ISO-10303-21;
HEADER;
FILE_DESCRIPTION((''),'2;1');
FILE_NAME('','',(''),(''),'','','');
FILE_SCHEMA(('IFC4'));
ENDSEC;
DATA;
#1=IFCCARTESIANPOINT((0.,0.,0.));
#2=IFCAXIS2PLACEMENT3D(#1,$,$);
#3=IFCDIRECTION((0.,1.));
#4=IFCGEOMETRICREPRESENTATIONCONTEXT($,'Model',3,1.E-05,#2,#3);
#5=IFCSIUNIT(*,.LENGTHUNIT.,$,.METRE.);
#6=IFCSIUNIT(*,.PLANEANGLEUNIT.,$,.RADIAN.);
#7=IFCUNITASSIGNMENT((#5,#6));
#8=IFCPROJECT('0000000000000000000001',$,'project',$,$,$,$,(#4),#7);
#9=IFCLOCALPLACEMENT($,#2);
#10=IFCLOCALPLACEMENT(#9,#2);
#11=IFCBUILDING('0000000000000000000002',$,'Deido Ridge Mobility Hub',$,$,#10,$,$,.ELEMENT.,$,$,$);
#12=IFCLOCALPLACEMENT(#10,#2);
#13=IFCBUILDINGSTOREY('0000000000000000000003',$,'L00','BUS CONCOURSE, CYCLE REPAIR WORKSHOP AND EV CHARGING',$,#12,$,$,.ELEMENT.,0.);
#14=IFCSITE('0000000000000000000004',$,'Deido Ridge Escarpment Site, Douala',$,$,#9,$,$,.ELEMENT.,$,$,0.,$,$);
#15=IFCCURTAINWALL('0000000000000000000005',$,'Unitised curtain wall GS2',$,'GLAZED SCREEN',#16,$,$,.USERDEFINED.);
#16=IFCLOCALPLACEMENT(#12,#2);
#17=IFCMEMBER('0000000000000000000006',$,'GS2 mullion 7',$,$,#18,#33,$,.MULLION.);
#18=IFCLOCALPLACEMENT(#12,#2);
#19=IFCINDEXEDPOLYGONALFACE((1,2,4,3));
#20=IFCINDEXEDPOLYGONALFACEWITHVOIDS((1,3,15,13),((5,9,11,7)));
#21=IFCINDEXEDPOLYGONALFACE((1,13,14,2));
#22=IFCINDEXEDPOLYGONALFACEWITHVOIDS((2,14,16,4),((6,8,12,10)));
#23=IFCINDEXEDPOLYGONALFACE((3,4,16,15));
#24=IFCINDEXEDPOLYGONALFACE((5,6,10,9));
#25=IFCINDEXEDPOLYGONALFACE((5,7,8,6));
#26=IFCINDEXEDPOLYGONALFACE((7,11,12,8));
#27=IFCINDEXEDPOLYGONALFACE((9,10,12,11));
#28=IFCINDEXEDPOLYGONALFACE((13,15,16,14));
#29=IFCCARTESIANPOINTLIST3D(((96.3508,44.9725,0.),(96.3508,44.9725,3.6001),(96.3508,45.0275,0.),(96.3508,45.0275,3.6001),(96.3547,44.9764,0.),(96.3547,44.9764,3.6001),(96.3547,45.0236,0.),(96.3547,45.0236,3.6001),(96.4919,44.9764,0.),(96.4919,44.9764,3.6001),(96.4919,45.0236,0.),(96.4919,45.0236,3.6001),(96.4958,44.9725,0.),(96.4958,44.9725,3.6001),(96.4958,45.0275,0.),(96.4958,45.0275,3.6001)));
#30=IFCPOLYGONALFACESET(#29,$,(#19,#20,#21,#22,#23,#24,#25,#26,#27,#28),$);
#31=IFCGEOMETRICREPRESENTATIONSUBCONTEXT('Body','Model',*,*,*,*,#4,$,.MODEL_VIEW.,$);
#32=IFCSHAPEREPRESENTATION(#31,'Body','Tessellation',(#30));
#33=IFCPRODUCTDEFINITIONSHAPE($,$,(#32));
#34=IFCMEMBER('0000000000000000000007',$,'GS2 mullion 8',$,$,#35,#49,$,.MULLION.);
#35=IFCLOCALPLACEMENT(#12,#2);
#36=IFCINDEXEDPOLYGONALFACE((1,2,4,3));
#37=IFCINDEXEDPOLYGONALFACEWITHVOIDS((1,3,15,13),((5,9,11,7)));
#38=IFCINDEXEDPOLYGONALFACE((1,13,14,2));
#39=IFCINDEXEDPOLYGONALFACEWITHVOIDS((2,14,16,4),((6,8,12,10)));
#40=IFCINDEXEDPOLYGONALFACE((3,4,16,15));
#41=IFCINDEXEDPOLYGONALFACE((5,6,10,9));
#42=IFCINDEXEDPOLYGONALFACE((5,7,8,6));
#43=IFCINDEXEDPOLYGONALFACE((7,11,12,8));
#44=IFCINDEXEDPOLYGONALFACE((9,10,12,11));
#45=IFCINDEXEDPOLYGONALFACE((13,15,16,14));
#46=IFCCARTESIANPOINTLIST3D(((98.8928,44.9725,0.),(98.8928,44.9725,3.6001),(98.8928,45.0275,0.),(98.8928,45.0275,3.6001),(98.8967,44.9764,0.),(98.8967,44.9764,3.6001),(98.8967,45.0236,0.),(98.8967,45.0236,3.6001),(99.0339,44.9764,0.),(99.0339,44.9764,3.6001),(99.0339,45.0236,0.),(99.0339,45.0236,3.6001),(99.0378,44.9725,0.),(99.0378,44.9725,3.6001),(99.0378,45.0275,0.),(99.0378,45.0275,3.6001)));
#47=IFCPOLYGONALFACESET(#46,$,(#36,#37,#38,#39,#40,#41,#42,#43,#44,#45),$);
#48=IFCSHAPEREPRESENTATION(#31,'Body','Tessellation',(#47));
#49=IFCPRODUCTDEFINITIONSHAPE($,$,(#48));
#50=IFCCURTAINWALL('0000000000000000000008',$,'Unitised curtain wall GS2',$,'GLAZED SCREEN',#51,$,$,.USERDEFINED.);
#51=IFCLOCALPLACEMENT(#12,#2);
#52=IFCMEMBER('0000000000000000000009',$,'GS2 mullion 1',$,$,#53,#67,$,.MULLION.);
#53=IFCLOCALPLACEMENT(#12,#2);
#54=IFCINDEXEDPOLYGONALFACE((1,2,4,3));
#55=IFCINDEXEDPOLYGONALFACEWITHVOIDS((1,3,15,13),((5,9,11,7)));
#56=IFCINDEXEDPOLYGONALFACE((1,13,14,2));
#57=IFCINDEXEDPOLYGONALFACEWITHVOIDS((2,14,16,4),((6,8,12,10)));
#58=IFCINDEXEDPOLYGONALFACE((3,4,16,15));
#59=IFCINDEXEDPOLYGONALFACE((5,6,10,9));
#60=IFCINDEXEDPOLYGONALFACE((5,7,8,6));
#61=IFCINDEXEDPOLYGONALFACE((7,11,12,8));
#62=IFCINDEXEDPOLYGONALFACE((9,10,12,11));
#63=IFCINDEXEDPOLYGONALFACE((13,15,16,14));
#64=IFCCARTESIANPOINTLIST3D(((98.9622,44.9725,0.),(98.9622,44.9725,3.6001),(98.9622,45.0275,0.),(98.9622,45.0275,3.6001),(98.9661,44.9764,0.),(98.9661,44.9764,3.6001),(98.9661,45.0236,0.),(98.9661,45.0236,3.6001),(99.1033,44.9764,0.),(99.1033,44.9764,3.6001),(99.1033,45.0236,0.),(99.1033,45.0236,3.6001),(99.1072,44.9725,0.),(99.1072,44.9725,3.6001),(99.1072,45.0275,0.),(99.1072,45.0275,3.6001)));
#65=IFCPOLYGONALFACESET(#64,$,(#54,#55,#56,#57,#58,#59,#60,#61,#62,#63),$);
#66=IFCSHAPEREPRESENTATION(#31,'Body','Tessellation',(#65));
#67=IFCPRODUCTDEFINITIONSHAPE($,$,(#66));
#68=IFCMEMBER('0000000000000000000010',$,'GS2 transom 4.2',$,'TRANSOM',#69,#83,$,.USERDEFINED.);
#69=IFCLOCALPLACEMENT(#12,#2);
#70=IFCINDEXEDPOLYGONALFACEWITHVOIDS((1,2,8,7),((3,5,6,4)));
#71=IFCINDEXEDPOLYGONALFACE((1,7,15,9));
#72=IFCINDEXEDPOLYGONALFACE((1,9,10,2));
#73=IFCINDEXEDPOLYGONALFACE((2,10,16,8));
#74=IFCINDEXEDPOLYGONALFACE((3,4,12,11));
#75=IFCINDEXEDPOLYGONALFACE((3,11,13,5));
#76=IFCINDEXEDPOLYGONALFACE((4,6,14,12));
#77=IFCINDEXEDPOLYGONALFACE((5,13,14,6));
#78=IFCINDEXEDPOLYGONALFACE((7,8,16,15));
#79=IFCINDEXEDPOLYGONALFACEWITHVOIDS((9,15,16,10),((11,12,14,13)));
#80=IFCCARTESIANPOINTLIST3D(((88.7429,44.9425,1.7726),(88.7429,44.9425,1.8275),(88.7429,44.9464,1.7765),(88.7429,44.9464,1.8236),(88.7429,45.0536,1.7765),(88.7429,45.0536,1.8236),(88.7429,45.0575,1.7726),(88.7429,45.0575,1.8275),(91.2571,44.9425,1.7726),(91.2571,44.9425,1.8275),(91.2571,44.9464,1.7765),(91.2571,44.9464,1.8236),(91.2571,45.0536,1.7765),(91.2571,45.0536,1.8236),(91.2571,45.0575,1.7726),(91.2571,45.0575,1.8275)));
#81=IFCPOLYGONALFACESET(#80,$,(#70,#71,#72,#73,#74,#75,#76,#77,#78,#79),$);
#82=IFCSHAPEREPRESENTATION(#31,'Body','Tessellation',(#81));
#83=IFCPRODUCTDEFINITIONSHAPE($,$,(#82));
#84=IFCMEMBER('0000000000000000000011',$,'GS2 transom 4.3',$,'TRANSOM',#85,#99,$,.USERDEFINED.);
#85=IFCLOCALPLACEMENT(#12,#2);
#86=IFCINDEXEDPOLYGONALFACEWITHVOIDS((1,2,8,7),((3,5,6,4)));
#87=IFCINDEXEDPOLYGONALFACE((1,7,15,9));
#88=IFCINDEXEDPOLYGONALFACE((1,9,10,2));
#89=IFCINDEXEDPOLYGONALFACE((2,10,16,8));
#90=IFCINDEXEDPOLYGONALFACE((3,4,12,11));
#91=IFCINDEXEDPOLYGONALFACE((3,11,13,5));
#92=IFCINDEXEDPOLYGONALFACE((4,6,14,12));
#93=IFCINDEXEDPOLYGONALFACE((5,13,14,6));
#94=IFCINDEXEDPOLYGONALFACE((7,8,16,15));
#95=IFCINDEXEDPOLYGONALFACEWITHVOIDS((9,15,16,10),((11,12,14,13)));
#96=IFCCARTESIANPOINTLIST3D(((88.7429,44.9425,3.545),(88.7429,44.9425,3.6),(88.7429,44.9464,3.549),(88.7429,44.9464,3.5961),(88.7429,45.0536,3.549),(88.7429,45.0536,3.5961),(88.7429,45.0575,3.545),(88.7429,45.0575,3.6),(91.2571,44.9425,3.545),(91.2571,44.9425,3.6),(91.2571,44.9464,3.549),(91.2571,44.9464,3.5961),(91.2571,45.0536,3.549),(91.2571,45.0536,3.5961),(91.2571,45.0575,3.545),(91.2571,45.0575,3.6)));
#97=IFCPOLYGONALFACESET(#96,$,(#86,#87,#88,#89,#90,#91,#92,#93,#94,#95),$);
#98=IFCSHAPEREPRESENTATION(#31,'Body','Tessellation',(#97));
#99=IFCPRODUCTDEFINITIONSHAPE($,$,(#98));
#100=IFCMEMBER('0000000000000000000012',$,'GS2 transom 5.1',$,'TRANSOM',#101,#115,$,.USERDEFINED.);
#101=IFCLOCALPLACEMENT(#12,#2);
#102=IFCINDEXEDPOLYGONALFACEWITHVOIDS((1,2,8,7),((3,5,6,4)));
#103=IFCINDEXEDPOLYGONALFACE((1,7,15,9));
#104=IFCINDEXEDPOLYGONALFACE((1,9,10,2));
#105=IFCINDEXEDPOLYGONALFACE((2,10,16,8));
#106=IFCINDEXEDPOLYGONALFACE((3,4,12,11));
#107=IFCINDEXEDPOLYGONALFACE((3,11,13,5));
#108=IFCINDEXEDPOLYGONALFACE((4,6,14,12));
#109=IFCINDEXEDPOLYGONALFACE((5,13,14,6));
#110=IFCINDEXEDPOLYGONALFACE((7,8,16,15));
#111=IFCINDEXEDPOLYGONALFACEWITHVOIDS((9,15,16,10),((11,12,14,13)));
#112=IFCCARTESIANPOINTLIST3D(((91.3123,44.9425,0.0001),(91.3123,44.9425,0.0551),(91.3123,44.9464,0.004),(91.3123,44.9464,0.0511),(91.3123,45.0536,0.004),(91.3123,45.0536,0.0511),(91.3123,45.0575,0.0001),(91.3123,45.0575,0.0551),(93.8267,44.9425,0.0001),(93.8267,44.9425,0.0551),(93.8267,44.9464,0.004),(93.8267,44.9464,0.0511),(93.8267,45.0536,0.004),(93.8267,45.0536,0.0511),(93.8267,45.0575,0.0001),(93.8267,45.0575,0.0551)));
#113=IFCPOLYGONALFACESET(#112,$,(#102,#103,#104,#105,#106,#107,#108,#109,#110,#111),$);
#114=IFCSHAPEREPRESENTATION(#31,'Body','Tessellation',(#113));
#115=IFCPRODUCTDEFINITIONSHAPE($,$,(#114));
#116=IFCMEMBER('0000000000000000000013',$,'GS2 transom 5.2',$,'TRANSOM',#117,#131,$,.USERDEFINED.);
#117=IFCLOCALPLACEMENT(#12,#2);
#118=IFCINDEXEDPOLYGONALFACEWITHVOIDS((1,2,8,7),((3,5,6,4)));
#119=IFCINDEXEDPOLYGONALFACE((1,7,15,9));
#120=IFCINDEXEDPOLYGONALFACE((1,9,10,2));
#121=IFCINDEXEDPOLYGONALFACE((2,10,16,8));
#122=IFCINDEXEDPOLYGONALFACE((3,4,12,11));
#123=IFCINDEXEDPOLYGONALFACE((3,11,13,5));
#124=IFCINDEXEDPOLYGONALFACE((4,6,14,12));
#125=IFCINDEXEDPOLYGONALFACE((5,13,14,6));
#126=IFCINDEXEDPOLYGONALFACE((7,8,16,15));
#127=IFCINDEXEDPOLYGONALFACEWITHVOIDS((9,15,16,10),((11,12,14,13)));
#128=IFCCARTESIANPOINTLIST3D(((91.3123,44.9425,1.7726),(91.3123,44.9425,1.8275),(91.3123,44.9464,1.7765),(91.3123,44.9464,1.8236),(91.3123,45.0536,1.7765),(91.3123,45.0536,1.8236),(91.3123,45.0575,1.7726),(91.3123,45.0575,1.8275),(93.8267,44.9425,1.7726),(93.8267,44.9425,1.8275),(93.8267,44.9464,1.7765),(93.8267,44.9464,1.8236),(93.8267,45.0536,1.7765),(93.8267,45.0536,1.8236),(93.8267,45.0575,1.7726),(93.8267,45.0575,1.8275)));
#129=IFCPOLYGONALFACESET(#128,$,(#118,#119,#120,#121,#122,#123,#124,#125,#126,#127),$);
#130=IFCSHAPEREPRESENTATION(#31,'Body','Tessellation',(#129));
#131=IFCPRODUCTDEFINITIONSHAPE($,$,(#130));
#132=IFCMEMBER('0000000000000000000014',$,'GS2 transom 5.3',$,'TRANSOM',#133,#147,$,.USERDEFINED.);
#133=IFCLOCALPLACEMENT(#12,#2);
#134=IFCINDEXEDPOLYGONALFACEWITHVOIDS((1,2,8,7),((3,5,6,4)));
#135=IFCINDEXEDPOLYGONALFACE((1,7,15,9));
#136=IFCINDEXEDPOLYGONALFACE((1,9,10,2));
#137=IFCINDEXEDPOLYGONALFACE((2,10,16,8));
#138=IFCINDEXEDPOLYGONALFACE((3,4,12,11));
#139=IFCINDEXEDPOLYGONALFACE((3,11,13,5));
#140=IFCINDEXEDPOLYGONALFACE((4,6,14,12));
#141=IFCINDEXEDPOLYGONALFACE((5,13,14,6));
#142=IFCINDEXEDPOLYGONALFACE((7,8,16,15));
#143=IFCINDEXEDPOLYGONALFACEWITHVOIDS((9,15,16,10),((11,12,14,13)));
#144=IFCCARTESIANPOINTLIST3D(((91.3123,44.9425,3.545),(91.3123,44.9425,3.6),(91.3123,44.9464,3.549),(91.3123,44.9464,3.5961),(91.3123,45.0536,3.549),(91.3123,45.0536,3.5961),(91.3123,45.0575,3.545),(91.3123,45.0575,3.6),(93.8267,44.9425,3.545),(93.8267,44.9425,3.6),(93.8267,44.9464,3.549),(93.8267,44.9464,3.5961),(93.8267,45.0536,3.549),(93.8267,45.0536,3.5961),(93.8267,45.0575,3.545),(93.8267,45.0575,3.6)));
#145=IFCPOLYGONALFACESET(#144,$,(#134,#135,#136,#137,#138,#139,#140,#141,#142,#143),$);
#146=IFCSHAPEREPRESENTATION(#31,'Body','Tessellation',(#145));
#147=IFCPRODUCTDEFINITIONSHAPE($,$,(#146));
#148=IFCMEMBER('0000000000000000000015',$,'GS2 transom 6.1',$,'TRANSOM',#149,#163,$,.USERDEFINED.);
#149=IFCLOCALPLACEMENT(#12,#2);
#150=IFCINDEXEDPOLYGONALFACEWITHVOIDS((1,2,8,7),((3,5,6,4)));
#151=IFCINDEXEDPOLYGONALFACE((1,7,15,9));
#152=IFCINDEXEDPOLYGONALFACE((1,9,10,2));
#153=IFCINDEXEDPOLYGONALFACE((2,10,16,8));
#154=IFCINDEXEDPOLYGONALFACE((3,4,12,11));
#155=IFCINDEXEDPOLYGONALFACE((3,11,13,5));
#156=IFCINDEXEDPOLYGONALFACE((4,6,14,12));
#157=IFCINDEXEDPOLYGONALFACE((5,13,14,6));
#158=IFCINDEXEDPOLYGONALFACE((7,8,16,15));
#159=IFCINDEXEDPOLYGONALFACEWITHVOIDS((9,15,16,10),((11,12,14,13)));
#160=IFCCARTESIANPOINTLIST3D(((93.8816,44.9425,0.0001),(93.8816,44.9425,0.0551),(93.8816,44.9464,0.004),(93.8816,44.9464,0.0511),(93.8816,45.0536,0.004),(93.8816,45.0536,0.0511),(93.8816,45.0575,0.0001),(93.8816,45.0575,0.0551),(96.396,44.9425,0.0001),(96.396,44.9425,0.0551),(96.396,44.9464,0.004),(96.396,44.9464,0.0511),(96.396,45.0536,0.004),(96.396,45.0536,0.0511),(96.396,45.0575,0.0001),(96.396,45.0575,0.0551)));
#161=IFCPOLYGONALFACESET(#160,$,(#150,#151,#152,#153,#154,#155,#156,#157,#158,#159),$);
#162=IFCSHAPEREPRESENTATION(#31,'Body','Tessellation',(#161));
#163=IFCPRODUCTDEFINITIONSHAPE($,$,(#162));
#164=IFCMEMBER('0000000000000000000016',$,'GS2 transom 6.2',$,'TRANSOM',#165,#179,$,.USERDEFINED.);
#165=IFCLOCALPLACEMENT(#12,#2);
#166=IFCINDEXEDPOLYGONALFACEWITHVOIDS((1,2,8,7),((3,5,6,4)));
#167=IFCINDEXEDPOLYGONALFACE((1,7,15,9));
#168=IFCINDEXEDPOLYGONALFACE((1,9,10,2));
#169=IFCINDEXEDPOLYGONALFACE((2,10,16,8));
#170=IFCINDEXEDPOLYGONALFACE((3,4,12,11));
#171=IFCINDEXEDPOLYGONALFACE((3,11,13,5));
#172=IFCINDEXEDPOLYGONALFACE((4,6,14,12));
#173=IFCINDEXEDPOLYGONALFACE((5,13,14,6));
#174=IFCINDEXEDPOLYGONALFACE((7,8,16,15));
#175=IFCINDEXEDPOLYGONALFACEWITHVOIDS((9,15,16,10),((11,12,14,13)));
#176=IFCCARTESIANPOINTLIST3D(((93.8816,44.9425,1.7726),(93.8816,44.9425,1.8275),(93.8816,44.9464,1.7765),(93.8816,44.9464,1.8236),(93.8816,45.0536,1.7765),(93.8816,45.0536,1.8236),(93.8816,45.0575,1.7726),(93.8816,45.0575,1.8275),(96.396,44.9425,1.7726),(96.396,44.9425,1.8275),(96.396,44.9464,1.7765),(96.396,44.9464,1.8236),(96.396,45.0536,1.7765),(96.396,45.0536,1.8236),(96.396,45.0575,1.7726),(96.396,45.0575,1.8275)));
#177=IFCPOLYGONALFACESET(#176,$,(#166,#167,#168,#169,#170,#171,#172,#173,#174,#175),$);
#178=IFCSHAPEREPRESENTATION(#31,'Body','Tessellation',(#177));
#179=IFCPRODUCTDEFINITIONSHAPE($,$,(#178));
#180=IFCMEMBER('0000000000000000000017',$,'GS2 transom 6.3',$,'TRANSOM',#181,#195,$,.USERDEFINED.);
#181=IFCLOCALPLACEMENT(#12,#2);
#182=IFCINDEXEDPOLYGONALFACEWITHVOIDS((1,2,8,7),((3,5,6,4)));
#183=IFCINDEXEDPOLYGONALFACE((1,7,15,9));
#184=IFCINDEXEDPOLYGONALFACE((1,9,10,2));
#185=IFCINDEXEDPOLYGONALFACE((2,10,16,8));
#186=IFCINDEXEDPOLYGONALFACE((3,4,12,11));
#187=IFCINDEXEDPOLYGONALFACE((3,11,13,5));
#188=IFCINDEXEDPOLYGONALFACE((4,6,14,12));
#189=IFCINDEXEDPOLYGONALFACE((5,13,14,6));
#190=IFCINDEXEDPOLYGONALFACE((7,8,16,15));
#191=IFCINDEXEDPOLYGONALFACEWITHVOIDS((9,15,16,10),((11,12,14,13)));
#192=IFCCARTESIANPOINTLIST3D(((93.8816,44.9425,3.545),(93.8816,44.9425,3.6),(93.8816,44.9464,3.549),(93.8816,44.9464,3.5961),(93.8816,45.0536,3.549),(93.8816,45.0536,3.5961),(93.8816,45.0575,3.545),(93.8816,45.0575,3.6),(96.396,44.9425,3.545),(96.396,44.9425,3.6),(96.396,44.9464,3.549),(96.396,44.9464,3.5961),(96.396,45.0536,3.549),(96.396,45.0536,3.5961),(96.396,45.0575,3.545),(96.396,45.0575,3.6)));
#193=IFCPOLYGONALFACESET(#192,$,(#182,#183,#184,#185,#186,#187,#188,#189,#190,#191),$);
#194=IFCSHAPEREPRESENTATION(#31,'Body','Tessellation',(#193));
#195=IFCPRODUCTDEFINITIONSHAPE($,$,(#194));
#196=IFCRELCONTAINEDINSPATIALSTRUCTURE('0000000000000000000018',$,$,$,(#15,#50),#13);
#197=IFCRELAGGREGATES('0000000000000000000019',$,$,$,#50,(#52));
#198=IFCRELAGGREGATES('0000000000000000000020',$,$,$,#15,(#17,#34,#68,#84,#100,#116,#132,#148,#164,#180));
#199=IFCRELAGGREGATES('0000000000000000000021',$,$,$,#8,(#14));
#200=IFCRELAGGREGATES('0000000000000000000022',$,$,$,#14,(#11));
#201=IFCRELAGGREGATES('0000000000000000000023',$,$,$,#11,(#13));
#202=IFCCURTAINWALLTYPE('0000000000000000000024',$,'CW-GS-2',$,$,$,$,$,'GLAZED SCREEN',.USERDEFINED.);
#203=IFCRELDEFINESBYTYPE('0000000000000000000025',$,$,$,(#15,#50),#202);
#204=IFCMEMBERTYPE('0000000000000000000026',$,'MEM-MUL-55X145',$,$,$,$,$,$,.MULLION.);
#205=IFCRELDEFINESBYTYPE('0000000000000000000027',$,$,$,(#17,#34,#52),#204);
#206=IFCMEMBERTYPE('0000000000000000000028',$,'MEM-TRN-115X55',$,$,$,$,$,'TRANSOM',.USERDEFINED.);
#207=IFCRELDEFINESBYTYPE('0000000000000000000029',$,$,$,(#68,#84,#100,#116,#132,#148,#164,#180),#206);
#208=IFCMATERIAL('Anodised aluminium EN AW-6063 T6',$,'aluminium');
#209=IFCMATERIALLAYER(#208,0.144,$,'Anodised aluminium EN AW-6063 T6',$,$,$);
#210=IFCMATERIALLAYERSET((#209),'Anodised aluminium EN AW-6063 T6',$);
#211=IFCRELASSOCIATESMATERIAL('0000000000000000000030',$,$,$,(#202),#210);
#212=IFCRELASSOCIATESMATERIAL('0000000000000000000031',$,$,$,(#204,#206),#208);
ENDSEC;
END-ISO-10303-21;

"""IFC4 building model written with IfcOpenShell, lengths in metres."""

from ifc_helpers import new_model, si_unit, direction, frame, origin, origin_2d, place, context, subcontext, project, spatial, hollow_rectangle, extrude, material, layer, layer_set, material_profile, profile_set, type_object, element, aggregate, save


model = new_model("IFC4")

# Units and contexts
model_context = context("Model", 3, precision=1e-05, world=origin(), true_north=direction((0.0, 1.0)))
body_context = subcontext(model_context, "Body", "Model", "MODEL_VIEW")
ifc_project = project(units=[si_unit("LENGTHUNIT", "METRE"), si_unit("PLANEANGLEUNIT", "RADIAN")], contexts=[model_context])

# Site, building, storey
site_placement = place(None, origin())
site = spatial("IfcSite", under=ifc_project, at=site_placement, Name="Deido Ridge Escarpment Site, Douala", CompositionType="ELEMENT", RefElevation=0.0)
building_placement = place(site_placement, origin())
building = spatial("IfcBuilding", under=site, at=building_placement, Name="Deido Ridge Mobility Hub", CompositionType="ELEMENT")
storey_placement = place(building_placement, origin())
storey = spatial("IfcBuildingStorey", under=building, at=storey_placement, Name="L00", Description="BUS CONCOURSE, CYCLE REPAIR WORKSHOP AND EV CHARGING", CompositionType="ELEMENT", Elevation=0.0)

# Curtain wall, members
ifc_material_1 = material(Name="Anodised aluminium EN AW-6063 T6", Category="aluminium")
ifc_layer_1 = layer(ifc_material_1, 0.144, Name="Anodised aluminium EN AW-6063 T6")
ifc_layer_set_1 = layer_set([ifc_layer_1], Name="Anodised aluminium EN AW-6063 T6")
curtain_wall_type = type_object("IfcCurtainWallType", Name="CW-GS-2", ElementType="GLAZED SCREEN", PredefinedType="USERDEFINED", material=ifc_layer_set_1)
curtain_wall_1_placement = place(storey_placement, origin())
curtain_wall_1 = element("IfcCurtainWall", 1, at=curtain_wall_1_placement, inside=storey, type_object=curtain_wall_type, Name="Unitised curtain wall GS2", ObjectType="GLAZED SCREEN", PredefinedType="USERDEFINED")
ifc_material_profile_1 = material_profile(ifc_material_1, hollow_rectangle(XDim=0.0549, YDim=0.145, WallThickness=0.0039, at=origin_2d()), Name="RHS 55x145x4")
ifc_profile_set_1 = profile_set([ifc_material_profile_1], Name="Anodised aluminium EN AW-6063 T6")
member_type_1 = type_object("IfcMemberType", Name="MEM-MUL-55X145", PredefinedType="MULLION", material=ifc_profile_set_1)
member_1_placement = place(storey_placement, frame((96.4233, 45.0, 0.0), z_axis=(0.0, 0.0, 1.0), x_axis=(0.0, 1.0, 0.0)))
member_1 = element("IfcMember", 2, at=member_1_placement, type_object=member_type_1, Name="GS2 mullion 7", PredefinedType="MULLION", context=body_context, shape_type="SweptSolid", body=[
    extrude(hollow_rectangle(XDim=0.0549, YDim=0.145, WallThickness=0.0039, at=origin_2d()), origin(), (0.0, 0.0, 1.0), 3.6001),
])
member_2_placement = place(storey_placement, frame((98.9653, 45.0, 0.0), z_axis=(0.0, 0.0, 1.0), x_axis=(0.0, 1.0, 0.0)))
member_2 = element("IfcMember", 3, at=member_2_placement, type_object=member_type_1, Name="GS2 mullion 8", PredefinedType="MULLION", context=body_context, shape_type="SweptSolid", body=[
    extrude(hollow_rectangle(XDim=0.0549, YDim=0.145, WallThickness=0.0039, at=origin_2d()), origin(), (0.0, 0.0, 1.0), 3.6001),
])

# Curtain wall, member
curtain_wall_2_placement = place(storey_placement, origin())
curtain_wall_2 = element("IfcCurtainWall", 4, at=curtain_wall_2_placement, inside=storey, type_object=curtain_wall_type, Name="Unitised curtain wall GS2", ObjectType="GLAZED SCREEN", PredefinedType="USERDEFINED")
member_3_placement = place(storey_placement, frame((99.0347, 45.0, 0.0), z_axis=(0.0, 0.0, 1.0), x_axis=(0.0, 1.0, 0.0)))
member_3 = element("IfcMember", 5, at=member_3_placement, type_object=member_type_1, Name="GS2 mullion 1", PredefinedType="MULLION", context=body_context, shape_type="SweptSolid", body=[
    extrude(hollow_rectangle(XDim=0.0549, YDim=0.145, WallThickness=0.0039, at=origin_2d()), origin(), (0.0, 0.0, 1.0), 3.6001),
])
aggregate(curtain_wall_2, [member_3])

# Members
ifc_material_profile_2 = material_profile(ifc_material_1, hollow_rectangle(XDim=0.115, YDim=0.0549, WallThickness=0.0039, at=origin_2d()), Name="RHS 115x55x4")
ifc_profile_set_2 = profile_set([ifc_material_profile_2], Name="Anodised aluminium EN AW-6063 T6")
member_type_2 = type_object("IfcMemberType", Name="MEM-TRN-115X55", ElementType="TRANSOM", PredefinedType="USERDEFINED", material=ifc_profile_set_2)
member_4_placement = place(storey_placement, frame((88.7429, 45.0, 1.8), z_axis=(1.0, 0.0, 0.0), x_axis=(0.0, 1.0, 0.0)))
member_4 = element("IfcMember", 6, at=member_4_placement, type_object=member_type_2, Name="GS2 transom 4.2", ObjectType="TRANSOM", PredefinedType="USERDEFINED", context=body_context, shape_type="SweptSolid", body=[
    extrude(hollow_rectangle(XDim=0.115, YDim=0.0549, WallThickness=0.0039, at=origin_2d()), origin(), (0.0, 0.0, 1.0), 2.5142),
])
member_5_placement = place(storey_placement, frame((88.7429, 45.0, 3.5725), z_axis=(1.0, 0.0, 0.0), x_axis=(0.0, 1.0, 0.0)))
member_5 = element("IfcMember", 7, at=member_5_placement, type_object=member_type_2, Name="GS2 transom 4.3", ObjectType="TRANSOM", PredefinedType="USERDEFINED", context=body_context, shape_type="SweptSolid", body=[
    extrude(hollow_rectangle(XDim=0.115, YDim=0.0549, WallThickness=0.0039, at=origin_2d()), origin(), (0.0, 0.0, 1.0), 2.5142),
])
member_6_placement = place(storey_placement, frame((91.3123, 45.0, 0.0276), z_axis=(1.0, 0.0, 0.0), x_axis=(0.0, 1.0, 0.0)))
member_6 = element("IfcMember", 8, at=member_6_placement, type_object=member_type_2, Name="GS2 transom 5.1", ObjectType="TRANSOM", PredefinedType="USERDEFINED", context=body_context, shape_type="SweptSolid", body=[
    extrude(hollow_rectangle(XDim=0.115, YDim=0.0549, WallThickness=0.0039, at=origin_2d()), origin(), (0.0, 0.0, 1.0), 2.5144),
])
member_7_placement = place(storey_placement, frame((91.3123, 45.0, 1.8), z_axis=(1.0, 0.0, 0.0), x_axis=(0.0, 1.0, 0.0)))
member_7 = element("IfcMember", 9, at=member_7_placement, type_object=member_type_2, Name="GS2 transom 5.2", ObjectType="TRANSOM", PredefinedType="USERDEFINED", context=body_context, shape_type="SweptSolid", body=[
    extrude(hollow_rectangle(XDim=0.115, YDim=0.0549, WallThickness=0.0039, at=origin_2d()), origin(), (0.0, 0.0, 1.0), 2.5144),
])
member_8_placement = place(storey_placement, frame((91.3123, 45.0, 3.5725), z_axis=(1.0, 0.0, 0.0), x_axis=(0.0, 1.0, 0.0)))
member_8 = element("IfcMember", 10, at=member_8_placement, type_object=member_type_2, Name="GS2 transom 5.3", ObjectType="TRANSOM", PredefinedType="USERDEFINED", context=body_context, shape_type="SweptSolid", body=[
    extrude(hollow_rectangle(XDim=0.115, YDim=0.0549, WallThickness=0.0039, at=origin_2d()), origin(), (0.0, 0.0, 1.0), 2.5144),
])
member_9_placement = place(storey_placement, frame((93.8816, 45.0, 0.0276), z_axis=(1.0, 0.0, 0.0), x_axis=(0.0, 1.0, 0.0)))
member_9 = element("IfcMember", 11, at=member_9_placement, type_object=member_type_2, Name="GS2 transom 6.1", ObjectType="TRANSOM", PredefinedType="USERDEFINED", context=body_context, shape_type="SweptSolid", body=[
    extrude(hollow_rectangle(XDim=0.115, YDim=0.0549, WallThickness=0.0039, at=origin_2d()), origin(), (0.0, 0.0, 1.0), 2.5144),
])
member_10_placement = place(storey_placement, frame((93.8816, 45.0, 1.8), z_axis=(1.0, 0.0, 0.0), x_axis=(0.0, 1.0, 0.0)))
member_10 = element("IfcMember", 12, at=member_10_placement, type_object=member_type_2, Name="GS2 transom 6.2", ObjectType="TRANSOM", PredefinedType="USERDEFINED", context=body_context, shape_type="SweptSolid", body=[
    extrude(hollow_rectangle(XDim=0.115, YDim=0.0549, WallThickness=0.0039, at=origin_2d()), origin(), (0.0, 0.0, 1.0), 2.5144),
])
member_11_placement = place(storey_placement, frame((93.8816, 45.0, 3.5725), z_axis=(1.0, 0.0, 0.0), x_axis=(0.0, 1.0, 0.0)))
member_11 = element("IfcMember", 13, at=member_11_placement, type_object=member_type_2, Name="GS2 transom 6.3", ObjectType="TRANSOM", PredefinedType="USERDEFINED", context=body_context, shape_type="SweptSolid", body=[
    extrude(hollow_rectangle(XDim=0.115, YDim=0.0549, WallThickness=0.0039, at=origin_2d()), origin(), (0.0, 0.0, 1.0), 2.5144),
])

aggregate(curtain_wall_1, [member_1, member_2, member_4, member_5, member_6, member_7, member_8, member_9, member_10, member_11])

save(model, "model.ifc")
